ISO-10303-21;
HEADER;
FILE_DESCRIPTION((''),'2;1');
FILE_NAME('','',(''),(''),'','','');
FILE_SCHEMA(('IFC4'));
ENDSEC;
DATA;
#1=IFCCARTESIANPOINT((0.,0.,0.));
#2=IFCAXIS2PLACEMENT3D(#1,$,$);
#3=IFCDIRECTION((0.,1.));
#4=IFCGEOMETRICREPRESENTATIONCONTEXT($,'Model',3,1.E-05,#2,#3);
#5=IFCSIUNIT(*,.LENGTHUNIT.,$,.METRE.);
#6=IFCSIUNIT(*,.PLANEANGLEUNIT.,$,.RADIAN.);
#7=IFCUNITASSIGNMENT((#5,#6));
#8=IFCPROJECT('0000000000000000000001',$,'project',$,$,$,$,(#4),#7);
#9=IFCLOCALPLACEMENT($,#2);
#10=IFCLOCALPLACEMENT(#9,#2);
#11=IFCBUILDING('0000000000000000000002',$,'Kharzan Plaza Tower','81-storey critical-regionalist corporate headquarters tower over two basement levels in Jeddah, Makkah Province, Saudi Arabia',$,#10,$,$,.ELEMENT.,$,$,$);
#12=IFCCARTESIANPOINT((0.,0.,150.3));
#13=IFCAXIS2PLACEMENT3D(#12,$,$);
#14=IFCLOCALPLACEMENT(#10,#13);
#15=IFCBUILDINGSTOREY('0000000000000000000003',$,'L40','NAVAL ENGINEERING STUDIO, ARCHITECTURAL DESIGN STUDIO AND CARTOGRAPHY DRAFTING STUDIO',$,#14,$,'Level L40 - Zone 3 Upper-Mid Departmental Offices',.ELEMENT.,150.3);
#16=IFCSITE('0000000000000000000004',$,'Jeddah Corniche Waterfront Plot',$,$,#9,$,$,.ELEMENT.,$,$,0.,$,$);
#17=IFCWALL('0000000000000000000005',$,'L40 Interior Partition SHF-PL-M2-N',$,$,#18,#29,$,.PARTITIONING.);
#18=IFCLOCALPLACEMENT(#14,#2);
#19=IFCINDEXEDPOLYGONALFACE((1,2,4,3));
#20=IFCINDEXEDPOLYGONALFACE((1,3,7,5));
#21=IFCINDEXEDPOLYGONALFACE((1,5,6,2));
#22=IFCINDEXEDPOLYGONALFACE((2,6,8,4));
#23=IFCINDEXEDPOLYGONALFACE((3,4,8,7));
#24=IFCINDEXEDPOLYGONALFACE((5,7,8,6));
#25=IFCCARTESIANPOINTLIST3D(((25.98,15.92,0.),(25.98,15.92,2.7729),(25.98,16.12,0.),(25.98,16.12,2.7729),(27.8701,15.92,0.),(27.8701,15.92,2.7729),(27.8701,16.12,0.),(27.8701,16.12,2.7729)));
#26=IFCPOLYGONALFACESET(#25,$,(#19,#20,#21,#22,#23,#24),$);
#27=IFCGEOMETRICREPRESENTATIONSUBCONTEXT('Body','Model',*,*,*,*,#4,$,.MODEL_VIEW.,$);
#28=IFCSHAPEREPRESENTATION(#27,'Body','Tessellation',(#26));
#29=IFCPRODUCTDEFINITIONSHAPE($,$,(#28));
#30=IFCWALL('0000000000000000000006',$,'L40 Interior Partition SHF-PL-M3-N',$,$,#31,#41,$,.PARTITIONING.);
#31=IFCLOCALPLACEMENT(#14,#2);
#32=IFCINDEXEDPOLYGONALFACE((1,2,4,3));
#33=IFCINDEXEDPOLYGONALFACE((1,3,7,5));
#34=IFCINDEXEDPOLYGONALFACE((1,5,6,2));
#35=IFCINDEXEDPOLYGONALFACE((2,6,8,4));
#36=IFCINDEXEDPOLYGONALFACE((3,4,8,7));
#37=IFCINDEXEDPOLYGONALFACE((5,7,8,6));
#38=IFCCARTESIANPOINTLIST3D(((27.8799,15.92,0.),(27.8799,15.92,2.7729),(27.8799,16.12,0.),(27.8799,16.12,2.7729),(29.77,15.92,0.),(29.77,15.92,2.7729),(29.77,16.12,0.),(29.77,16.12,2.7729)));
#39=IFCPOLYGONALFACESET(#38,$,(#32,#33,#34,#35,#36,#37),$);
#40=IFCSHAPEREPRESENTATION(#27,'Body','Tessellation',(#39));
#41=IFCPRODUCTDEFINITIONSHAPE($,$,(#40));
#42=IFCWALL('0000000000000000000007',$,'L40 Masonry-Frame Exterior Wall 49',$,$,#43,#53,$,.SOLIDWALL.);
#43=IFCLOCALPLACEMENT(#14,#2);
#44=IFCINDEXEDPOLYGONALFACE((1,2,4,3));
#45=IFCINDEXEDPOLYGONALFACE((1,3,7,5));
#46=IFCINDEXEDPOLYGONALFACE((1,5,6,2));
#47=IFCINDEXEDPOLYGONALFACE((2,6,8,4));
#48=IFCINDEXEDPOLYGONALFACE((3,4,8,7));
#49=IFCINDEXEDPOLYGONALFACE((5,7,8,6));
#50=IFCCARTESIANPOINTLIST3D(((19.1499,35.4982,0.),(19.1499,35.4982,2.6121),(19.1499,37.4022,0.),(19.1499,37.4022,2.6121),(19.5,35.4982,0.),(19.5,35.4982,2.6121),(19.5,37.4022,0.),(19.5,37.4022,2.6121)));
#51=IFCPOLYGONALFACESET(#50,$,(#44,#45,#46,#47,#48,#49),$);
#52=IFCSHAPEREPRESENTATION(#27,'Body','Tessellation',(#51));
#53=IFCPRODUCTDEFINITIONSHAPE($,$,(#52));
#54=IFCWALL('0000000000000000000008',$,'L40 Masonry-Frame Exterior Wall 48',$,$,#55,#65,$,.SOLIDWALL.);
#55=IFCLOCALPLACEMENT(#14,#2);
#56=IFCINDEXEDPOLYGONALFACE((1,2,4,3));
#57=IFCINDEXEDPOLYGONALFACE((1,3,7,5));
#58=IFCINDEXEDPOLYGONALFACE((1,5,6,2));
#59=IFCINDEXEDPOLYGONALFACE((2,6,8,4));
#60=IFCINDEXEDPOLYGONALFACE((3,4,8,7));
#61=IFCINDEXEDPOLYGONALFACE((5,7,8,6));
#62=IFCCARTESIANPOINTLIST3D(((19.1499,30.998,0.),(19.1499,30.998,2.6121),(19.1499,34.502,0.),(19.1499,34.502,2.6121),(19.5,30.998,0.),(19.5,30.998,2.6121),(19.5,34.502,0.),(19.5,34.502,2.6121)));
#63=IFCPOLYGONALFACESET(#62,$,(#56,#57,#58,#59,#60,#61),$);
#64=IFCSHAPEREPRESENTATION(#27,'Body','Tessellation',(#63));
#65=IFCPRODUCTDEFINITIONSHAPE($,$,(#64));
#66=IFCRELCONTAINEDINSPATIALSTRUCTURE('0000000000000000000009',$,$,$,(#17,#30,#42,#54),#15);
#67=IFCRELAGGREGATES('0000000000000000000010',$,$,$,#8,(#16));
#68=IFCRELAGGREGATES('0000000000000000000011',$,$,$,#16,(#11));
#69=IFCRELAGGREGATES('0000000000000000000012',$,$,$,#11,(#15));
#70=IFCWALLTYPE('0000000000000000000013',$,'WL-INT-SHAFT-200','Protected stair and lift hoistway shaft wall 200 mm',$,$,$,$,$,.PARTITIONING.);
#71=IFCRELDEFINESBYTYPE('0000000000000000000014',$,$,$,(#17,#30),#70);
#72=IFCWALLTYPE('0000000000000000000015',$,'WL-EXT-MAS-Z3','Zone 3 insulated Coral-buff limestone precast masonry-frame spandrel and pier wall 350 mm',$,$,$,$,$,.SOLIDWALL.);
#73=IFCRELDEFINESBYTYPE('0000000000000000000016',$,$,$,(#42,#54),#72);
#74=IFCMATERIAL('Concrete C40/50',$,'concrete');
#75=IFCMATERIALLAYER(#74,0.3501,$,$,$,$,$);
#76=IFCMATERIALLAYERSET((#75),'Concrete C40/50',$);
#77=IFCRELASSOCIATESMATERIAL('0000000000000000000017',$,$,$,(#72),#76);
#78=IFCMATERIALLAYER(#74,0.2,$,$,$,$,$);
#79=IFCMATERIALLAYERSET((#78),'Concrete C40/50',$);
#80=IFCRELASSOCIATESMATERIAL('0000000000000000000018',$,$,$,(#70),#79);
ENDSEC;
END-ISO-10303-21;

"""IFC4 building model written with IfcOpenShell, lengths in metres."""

from ifc_helpers import new_model, si_unit, direction, frame, frame_2d, origin, place, context, subcontext, project, spatial, rectangle, extrude, source, transform, mapped, material, layer, layer_set, type_object, element, save


model = new_model("IFC4")

# Units and contexts
model_context = context("Model", 3, precision=1e-05, world=origin(), true_north=direction((0.0, 1.0)))
body_context = subcontext(model_context, "Body", "Model", "MODEL_VIEW")
ifc_project = project(units=[si_unit("LENGTHUNIT", "METRE"), si_unit("PLANEANGLEUNIT", "RADIAN")], contexts=[model_context])

# Site, building, storey
site_placement = place(None, origin())
site = spatial("IfcSite", under=ifc_project, at=site_placement, Name="Jeddah Corniche Waterfront Plot", CompositionType="ELEMENT", RefElevation=0.0)
building_placement = place(site_placement, origin())
building = spatial("IfcBuilding", under=site, at=building_placement, Name="Kharzan Plaza Tower", Description="81-storey critical-regionalist corporate headquarters tower over two basement levels in Jeddah, Makkah Province, Saudi Arabia", CompositionType="ELEMENT")
storey_placement = place(building_placement, frame((0.0, 0.0, 150.3)))
storey = spatial("IfcBuildingStorey", under=building, at=storey_placement, Name="L40", Description="NAVAL ENGINEERING STUDIO, ARCHITECTURAL DESIGN STUDIO AND CARTOGRAPHY DRAFTING STUDIO", LongName="Level L40 - Zone 3 Upper-Mid Departmental Offices", CompositionType="ELEMENT", Elevation=150.3)

# Shared definitions
ifc_material_1 = material(Name="Concrete C40/50", Category="concrete")
ifc_layer_1 = layer(ifc_material_1, 0.3501)
ifc_layer_set_1 = layer_set([ifc_layer_1], Name="Concrete C40/50")
wall_type_1 = type_object("IfcWallType", Name="WL-EXT-MAS-Z3", Description="Zone 3 insulated Coral-buff limestone precast masonry-frame spandrel and pier wall 350 mm", PredefinedType="SOLIDWALL", material=ifc_layer_set_1)

# Walls
ifc_layer_2 = layer(ifc_material_1, 0.2)
ifc_layer_set_2 = layer_set([ifc_layer_2], Name="Concrete C40/50")
wall_type_2 = type_object("IfcWallType", Name="WL-INT-SHAFT-200", Description="Protected stair and lift hoistway shaft wall 200 mm", PredefinedType="PARTITIONING", material=ifc_layer_set_2)
shared_shape_1 = source(origin(), body_context, "Body", "SweptSolid", [
    extrude(rectangle(XDim=1.8901, YDim=0.2, at=frame_2d((0.9451, 0.0))), origin(), (0.0, 0.0, 1.0), 2.7729),
])
for number, where, z_axis, x_axis, name in (
    (1, (25.98, 16.02, 0.0), (0.0, 0.0, 1.0), (1.0, 0.0, 0.0), "L40 Interior Partition SHF-PL-M2-N"),
    (2, (27.8799, 16.02, 0.0), (0.0, 0.0, 1.0), (1.0, 0.0, 0.0), "L40 Interior Partition SHF-PL-M3-N"),
):
    element("IfcWall", number, at=place(storey_placement, frame(where, z_axis=z_axis, x_axis=x_axis)), inside=storey, type_object=wall_type_2, Name=name, PredefinedType="PARTITIONING", context=body_context, shape_type="MappedRepresentation", body=[
        mapped(shared_shape_1, transform((0.0, 0.0, 0.0), x_axis=(1.0, 0.0, 0.0), y_axis=(0.0, 1.0, 0.0), z_axis=(0.0, 0.0, 1.0))),
    ])
shared_shape_2 = source(origin(), body_context, "Body", "SweptSolid", [
    extrude(rectangle(XDim=1.9041, YDim=0.3501, at=frame_2d((0.9521, 0.0))), origin(), (0.0, 0.0, 1.0), 2.6121),
])
wall_1_placement = place(storey_placement, frame((19.325, 35.498, 0.0), z_axis=(0.0, 0.0, 1.0), x_axis=(0.0, 1.0, 0.0)))
element("IfcWall", 3, at=wall_1_placement, inside=storey, type_object=wall_type_1, Name="L40 Masonry-Frame Exterior Wall 49", PredefinedType="SOLIDWALL", context=body_context, shape_type="MappedRepresentation", body=[
    mapped(shared_shape_2, transform((0.0, 0.0, 0.0), x_axis=(1.0, 0.0, 0.0), y_axis=(0.0, 1.0, 0.0), z_axis=(0.0, 0.0, 1.0))),
])
shared_shape_3 = source(origin(), body_context, "Body", "SweptSolid", [
    extrude(rectangle(XDim=3.5039, YDim=0.3501, at=frame_2d((1.752, 0.0))), origin(), (0.0, 0.0, 1.0), 2.6121),
])
wall_2_placement = place(storey_placement, frame((19.325, 30.998, 0.0), z_axis=(0.0, 0.0, 1.0), x_axis=(0.0, 1.0, 0.0)))
element("IfcWall", 4, at=wall_2_placement, inside=storey, type_object=wall_type_1, Name="L40 Masonry-Frame Exterior Wall 48", PredefinedType="SOLIDWALL", context=body_context, shape_type="MappedRepresentation", body=[
    mapped(shared_shape_3, transform((0.0, 0.0, 0.0), x_axis=(1.0, 0.0, 0.0), y_axis=(0.0, 1.0, 0.0), z_axis=(0.0, 0.0, 1.0))),
])

save(model, "model.ifc")
